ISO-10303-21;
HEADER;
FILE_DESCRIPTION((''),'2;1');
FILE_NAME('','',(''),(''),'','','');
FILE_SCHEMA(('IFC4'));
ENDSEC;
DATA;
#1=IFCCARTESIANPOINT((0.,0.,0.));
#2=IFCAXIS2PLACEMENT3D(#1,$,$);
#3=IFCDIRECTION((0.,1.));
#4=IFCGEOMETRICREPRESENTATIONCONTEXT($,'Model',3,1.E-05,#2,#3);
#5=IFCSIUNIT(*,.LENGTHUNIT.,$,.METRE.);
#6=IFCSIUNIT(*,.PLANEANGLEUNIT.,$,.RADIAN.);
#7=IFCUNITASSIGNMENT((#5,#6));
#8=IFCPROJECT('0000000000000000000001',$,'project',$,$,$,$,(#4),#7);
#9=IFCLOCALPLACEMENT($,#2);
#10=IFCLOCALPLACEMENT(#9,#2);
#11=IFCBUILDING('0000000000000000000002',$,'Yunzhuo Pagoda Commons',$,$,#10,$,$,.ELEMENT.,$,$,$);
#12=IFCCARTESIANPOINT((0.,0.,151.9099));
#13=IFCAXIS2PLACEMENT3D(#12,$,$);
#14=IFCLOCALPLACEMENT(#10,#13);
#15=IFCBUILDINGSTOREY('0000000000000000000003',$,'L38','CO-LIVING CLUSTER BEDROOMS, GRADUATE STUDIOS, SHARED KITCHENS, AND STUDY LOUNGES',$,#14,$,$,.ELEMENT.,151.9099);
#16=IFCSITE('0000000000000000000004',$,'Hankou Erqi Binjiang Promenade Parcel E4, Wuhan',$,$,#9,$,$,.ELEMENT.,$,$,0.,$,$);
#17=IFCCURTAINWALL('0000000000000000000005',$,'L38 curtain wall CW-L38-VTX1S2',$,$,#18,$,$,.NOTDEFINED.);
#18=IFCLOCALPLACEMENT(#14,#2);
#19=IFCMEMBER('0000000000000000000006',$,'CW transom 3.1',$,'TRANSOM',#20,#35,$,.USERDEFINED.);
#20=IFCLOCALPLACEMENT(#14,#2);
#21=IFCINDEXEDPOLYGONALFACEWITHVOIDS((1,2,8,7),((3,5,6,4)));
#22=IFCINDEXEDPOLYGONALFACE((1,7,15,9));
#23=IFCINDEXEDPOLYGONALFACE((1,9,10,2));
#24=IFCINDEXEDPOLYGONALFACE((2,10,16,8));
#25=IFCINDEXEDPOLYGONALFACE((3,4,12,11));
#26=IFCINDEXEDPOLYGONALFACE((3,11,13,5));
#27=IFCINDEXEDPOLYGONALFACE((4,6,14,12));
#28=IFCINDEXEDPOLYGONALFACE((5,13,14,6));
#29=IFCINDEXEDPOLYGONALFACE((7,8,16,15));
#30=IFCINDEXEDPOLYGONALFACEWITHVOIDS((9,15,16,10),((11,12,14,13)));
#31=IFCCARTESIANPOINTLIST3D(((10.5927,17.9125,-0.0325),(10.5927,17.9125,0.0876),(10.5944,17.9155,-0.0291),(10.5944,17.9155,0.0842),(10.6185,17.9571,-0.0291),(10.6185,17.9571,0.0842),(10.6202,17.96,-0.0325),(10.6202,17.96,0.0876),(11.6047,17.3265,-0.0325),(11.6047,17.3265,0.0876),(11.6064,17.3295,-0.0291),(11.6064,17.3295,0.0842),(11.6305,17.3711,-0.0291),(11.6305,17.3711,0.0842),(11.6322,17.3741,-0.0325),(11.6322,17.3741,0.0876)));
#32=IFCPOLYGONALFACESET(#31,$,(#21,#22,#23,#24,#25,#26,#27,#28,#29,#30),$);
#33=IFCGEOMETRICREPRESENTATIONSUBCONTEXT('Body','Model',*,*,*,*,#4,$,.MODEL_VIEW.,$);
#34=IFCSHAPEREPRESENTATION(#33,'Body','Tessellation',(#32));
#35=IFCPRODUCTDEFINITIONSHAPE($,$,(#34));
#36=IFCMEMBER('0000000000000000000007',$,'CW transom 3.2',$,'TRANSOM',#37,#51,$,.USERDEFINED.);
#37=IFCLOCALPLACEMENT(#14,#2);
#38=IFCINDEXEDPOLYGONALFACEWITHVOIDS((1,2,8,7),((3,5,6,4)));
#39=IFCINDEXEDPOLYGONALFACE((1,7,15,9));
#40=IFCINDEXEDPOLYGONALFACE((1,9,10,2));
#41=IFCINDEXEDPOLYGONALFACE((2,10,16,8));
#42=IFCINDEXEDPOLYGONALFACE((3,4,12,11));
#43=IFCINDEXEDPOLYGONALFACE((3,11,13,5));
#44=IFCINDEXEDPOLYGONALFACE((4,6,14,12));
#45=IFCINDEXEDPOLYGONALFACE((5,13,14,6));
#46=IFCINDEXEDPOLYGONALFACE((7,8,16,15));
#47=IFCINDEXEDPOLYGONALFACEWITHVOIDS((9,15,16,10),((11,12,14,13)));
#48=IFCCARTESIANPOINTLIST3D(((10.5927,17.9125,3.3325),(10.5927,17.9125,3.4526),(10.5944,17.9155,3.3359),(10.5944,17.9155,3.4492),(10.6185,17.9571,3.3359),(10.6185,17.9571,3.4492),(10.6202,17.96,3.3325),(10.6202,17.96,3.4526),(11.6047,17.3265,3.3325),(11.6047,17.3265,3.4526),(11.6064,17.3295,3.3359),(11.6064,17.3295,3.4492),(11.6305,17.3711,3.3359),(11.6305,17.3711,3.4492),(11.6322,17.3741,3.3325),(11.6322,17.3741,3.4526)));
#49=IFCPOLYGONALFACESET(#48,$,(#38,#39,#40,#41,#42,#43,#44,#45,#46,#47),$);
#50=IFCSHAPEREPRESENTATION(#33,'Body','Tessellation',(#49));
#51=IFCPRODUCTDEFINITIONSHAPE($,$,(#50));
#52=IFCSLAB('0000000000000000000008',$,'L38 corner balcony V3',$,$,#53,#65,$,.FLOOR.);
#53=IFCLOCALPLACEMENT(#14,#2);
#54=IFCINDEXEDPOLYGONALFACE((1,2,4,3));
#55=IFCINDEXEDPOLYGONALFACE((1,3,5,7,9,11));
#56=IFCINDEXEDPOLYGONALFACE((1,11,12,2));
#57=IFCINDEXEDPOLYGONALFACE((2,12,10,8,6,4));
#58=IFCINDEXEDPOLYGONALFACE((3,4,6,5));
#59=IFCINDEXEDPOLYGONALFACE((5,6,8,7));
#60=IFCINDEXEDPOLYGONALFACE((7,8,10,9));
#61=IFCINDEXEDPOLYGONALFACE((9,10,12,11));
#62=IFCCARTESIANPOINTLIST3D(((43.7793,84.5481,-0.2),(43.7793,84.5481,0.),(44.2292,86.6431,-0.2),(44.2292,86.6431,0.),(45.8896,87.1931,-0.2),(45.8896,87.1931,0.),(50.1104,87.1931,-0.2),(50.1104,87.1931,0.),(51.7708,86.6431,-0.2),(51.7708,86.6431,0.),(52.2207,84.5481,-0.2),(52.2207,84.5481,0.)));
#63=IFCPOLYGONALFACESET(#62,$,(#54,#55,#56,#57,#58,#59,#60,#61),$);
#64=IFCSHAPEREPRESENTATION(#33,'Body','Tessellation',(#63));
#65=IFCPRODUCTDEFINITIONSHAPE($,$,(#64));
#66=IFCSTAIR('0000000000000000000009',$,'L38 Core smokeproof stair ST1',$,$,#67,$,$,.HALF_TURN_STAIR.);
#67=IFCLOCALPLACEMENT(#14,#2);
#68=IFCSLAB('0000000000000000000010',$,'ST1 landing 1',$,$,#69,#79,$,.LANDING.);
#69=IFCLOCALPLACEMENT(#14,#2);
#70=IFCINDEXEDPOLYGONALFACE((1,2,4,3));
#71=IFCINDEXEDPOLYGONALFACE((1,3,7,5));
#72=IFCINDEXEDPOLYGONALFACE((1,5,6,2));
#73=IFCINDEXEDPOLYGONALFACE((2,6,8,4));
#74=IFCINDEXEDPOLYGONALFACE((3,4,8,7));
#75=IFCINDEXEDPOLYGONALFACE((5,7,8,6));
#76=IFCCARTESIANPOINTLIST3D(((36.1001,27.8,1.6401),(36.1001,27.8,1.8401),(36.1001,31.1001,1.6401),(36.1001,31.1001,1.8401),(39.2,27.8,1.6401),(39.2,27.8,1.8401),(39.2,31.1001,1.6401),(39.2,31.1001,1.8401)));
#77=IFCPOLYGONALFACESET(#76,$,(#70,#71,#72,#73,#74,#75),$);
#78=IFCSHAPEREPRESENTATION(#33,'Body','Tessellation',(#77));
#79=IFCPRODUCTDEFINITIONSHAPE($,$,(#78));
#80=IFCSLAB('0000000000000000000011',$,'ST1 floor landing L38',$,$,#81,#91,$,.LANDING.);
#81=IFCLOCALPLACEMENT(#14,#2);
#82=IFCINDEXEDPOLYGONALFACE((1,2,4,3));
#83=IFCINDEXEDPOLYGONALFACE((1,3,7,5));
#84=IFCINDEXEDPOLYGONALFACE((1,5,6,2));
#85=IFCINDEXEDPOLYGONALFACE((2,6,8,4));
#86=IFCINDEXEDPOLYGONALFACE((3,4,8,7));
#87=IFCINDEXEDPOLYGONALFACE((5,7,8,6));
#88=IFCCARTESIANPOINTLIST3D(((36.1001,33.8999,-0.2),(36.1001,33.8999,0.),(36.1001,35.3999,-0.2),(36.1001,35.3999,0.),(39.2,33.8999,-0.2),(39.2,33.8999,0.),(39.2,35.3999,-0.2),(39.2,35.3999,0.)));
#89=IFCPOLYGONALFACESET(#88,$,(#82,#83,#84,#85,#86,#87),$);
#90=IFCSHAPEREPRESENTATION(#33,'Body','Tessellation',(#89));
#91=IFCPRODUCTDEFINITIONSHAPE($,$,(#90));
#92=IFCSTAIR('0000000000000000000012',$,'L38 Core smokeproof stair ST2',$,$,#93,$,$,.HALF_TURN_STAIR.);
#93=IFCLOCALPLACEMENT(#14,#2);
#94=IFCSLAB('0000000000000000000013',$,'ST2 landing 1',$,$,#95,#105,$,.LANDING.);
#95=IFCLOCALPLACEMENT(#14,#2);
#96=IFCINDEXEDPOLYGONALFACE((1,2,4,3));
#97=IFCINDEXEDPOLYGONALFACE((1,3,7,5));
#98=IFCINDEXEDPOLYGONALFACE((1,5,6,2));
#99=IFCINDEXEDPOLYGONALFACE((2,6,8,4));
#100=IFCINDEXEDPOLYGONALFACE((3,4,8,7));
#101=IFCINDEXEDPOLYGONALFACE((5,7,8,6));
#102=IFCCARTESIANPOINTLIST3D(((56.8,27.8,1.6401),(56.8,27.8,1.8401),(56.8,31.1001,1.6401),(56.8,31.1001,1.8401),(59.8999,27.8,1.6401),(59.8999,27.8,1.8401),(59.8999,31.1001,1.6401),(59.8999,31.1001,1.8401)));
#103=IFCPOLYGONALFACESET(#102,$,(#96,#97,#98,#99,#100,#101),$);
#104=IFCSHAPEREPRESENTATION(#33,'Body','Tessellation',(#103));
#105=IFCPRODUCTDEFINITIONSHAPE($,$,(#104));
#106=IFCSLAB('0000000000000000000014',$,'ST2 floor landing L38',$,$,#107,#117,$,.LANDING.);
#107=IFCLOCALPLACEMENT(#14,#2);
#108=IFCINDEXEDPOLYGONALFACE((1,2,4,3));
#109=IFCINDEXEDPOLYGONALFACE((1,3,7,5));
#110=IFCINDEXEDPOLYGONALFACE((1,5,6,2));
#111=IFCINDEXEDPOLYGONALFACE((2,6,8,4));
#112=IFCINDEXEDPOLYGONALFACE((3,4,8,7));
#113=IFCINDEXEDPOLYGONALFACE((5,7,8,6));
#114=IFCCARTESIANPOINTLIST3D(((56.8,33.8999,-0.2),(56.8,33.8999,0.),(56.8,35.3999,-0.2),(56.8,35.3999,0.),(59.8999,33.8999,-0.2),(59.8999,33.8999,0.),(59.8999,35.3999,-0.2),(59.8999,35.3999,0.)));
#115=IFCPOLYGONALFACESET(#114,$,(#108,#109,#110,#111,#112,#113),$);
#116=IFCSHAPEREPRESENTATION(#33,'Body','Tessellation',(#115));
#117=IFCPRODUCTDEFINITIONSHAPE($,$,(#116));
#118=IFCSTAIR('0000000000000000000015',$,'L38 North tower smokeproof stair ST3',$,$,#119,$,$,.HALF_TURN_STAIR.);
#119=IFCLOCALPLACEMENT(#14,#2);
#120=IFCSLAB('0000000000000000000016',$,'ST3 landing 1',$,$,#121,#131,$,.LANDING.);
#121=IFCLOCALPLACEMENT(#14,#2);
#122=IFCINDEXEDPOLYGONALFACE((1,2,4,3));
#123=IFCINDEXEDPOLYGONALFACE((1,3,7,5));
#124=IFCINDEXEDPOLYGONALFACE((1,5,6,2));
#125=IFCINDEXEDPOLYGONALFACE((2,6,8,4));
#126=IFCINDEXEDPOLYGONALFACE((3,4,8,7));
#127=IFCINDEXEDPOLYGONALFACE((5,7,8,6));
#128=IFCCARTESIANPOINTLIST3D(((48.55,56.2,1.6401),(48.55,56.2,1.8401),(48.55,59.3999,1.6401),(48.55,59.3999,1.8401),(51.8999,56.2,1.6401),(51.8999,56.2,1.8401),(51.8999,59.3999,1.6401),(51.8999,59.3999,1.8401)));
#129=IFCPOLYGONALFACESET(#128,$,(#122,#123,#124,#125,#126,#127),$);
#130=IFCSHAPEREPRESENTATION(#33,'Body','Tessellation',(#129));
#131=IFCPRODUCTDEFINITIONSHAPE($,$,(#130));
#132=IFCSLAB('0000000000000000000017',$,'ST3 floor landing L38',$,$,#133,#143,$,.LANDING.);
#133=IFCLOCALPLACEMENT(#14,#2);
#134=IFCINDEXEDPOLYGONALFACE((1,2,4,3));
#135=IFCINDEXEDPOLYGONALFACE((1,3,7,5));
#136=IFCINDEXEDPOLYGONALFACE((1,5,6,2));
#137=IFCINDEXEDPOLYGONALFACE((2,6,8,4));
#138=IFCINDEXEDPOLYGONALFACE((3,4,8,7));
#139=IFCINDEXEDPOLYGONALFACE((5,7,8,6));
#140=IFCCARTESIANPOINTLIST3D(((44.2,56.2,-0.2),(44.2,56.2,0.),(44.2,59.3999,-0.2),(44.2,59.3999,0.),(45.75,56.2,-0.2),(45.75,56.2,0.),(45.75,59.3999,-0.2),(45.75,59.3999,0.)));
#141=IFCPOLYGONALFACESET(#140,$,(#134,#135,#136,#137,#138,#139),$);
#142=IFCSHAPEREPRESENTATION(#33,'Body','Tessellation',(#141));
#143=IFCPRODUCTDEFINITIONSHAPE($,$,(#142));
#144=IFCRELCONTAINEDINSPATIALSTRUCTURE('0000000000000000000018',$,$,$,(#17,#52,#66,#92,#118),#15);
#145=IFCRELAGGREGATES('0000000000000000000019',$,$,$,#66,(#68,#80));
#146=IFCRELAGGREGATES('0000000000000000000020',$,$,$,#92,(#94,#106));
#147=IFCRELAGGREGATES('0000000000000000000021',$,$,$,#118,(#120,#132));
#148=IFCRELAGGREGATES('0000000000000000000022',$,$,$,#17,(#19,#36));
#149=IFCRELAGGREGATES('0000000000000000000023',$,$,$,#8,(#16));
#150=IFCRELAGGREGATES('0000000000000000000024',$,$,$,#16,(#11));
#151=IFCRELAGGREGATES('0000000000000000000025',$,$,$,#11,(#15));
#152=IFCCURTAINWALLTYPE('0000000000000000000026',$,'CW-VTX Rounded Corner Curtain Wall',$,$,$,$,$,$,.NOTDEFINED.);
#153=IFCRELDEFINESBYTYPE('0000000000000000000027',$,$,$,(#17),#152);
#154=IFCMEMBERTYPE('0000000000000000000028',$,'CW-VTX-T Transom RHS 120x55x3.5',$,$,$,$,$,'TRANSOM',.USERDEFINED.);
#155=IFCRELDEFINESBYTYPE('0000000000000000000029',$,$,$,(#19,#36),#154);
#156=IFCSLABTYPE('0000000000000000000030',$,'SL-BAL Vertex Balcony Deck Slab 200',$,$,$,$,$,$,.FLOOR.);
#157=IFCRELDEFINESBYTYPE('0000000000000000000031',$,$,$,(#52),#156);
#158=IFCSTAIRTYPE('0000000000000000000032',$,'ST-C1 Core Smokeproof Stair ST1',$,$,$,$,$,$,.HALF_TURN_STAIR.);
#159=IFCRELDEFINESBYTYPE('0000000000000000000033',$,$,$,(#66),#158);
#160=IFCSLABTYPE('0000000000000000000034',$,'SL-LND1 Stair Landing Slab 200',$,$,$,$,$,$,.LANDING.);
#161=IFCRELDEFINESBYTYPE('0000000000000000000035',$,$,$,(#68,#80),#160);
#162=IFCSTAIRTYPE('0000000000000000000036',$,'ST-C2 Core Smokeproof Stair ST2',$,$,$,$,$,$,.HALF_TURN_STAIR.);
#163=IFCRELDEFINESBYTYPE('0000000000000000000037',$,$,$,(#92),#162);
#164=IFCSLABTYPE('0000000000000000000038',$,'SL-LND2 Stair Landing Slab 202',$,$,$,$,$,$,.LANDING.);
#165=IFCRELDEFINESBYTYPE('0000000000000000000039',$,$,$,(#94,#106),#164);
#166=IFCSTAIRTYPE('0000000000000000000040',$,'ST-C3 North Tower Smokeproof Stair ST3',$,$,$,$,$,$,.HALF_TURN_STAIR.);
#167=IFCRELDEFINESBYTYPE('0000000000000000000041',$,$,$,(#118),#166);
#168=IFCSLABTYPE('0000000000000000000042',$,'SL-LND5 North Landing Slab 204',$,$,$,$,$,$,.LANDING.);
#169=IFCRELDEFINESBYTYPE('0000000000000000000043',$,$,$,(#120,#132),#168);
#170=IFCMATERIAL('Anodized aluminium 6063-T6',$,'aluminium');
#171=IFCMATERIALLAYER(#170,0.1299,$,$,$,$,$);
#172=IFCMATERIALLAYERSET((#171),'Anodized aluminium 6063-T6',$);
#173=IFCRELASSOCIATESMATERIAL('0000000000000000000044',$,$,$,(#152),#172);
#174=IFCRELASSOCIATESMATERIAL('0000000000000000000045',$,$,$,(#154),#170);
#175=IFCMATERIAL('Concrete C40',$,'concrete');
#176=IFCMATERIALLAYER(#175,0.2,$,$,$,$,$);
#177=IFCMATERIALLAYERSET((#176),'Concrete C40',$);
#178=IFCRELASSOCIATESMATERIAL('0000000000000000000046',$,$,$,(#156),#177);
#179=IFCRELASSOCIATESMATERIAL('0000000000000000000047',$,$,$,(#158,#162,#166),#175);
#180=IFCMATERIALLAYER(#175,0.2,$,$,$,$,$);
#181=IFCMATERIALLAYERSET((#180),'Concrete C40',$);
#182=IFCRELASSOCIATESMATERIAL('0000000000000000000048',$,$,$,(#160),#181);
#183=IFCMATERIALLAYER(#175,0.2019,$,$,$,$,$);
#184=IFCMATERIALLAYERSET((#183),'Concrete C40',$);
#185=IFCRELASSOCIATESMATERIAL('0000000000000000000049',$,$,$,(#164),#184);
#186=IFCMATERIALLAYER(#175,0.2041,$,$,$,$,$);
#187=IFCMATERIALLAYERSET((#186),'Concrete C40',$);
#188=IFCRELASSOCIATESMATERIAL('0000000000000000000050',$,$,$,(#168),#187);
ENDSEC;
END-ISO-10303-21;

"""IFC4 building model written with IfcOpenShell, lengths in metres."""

from ifc_helpers import new_model, si_unit, direction, frame, origin, origin_2d, place, context, subcontext, project, spatial, polyline, hollow_rectangle, outline, extrude, source, transform, mapped, material, layer, layer_set, material_profile, profile_set, type_object, element, aggregate, save


model = new_model("IFC4")

# Units and contexts
model_context = context("Model", 3, precision=1e-05, world=origin(), true_north=direction((0.0, 1.0)))
body_context = subcontext(model_context, "Body", "Model", "MODEL_VIEW")
ifc_project = project(units=[si_unit("LENGTHUNIT", "METRE"), si_unit("PLANEANGLEUNIT", "RADIAN")], contexts=[model_context])

# Site, building, storey
site_placement = place(None, origin())
site = spatial("IfcSite", under=ifc_project, at=site_placement, Name="Hankou Erqi Binjiang Promenade Parcel E4, Wuhan", CompositionType="ELEMENT", RefElevation=0.0)
building_placement = place(site_placement, origin())
building = spatial("IfcBuilding", under=site, at=building_placement, Name="Yunzhuo Pagoda Commons", CompositionType="ELEMENT")
storey_placement = place(building_placement, frame((0.0, 0.0, 151.9099)))
storey = spatial("IfcBuildingStorey", under=building, at=storey_placement, Name="L38", Description="CO-LIVING CLUSTER BEDROOMS, GRADUATE STUDIOS, SHARED KITCHENS, AND STUDY LOUNGES", CompositionType="ELEMENT", Elevation=151.9099)

# Shared definitions
ifc_material_1 = material(Name="Anodized aluminium 6063-T6", Category="aluminium")

# Curtain wall
ifc_layer_1 = layer(ifc_material_1, 0.1299)
ifc_layer_set_1 = layer_set([ifc_layer_1], Name="Anodized aluminium 6063-T6")
curtain_wall_type_1 = type_object("IfcCurtainWallType", Name="CW-VTX Rounded Corner Curtain Wall", PredefinedType="NOTDEFINED", material=ifc_layer_set_1)
curtain_wall_1_placement = place(storey_placement, origin())
curtain_wall_1 = element("IfcCurtainWall", 1, at=curtain_wall_1_placement, inside=storey, type_object=curtain_wall_type_1, Name="L38 curtain wall CW-L38-VTX1S2", PredefinedType="NOTDEFINED")

# Members
ifc_material_profile_1 = material_profile(ifc_material_1, hollow_rectangle(XDim=0.0549, YDim=0.1201, WallThickness=0.0034, at=origin_2d()), Name="Anodized aluminium 6063-T6")
ifc_profile_set_1 = profile_set([ifc_material_profile_1], Name="Anodized aluminium 6063-T6")
member_type_1 = type_object("IfcMemberType", Name="CW-VTX-T Transom RHS 120x55x3.5", ElementType="TRANSOM", PredefinedType="USERDEFINED", material=ifc_profile_set_1)
shared_shape_1 = source(origin(), body_context, "Body", "SweptSolid", [
    extrude(hollow_rectangle(XDim=0.0549, YDim=0.1201, WallThickness=0.0034, at=origin_2d()), origin(), (0.0, 0.0, 1.0), 1.1694),
])
member_1_placement = place(storey_placement, frame((10.6064, 17.9363, 0.0276), z_axis=(0.865402, -0.501077, 0.0), x_axis=(0.501077, 0.865402, 0.0)))
member_1 = element("IfcMember", 2, at=member_1_placement, type_object=member_type_1, Name="CW transom 3.1", ObjectType="TRANSOM", PredefinedType="USERDEFINED", context=body_context, shape_type="MappedRepresentation", body=[
    mapped(shared_shape_1, transform((0.0, 0.0, 0.0), scale=1.0)),
])
member_2_placement = place(storey_placement, frame((10.6064, 17.9363, 3.3926), z_axis=(0.865402, -0.501077, 0.0), x_axis=(0.501077, 0.865402, 0.0)))
member_2 = element("IfcMember", 3, at=member_2_placement, type_object=member_type_1, Name="CW transom 3.2", ObjectType="TRANSOM", PredefinedType="USERDEFINED", context=body_context, shape_type="MappedRepresentation", body=[
    mapped(shared_shape_1, transform((0.0, 0.0, 0.0), scale=1.0)),
])

# Slab
ifc_material_2 = material(Name="Concrete C40", Category="concrete")
ifc_layer_2 = layer(ifc_material_2, 0.2)
ifc_layer_set_2 = layer_set([ifc_layer_2], Name="Concrete C40")
slab_type_1 = type_object("IfcSlabType", Name="SL-BAL Vertex Balcony Deck Slab 200", PredefinedType="FLOOR", material=ifc_layer_set_2)
slab_1_placement = place(storey_placement, frame((0.0, 0.0, -0.2)))
element("IfcSlab", 4, at=slab_1_placement, inside=storey, type_object=slab_type_1, Name="L38 corner balcony V3", PredefinedType="FLOOR", context=body_context, shape_type="SweptSolid", body=[
    extrude(outline(polyline([(52.2207, 84.5481), (43.7793, 84.5481), (44.2292, 86.6431), (45.8896, 87.1931), (50.1104, 87.1931), (51.7708, 86.6431), (52.2207, 84.5481)])), origin(), (0.0, 0.0, 1.0), 0.2),
])

# Stairs, slabs
stair_type_1 = type_object("IfcStairType", Name="ST-C1 Core Smokeproof Stair ST1", PredefinedType="HALF_TURN_STAIR", material=ifc_material_2)
stair_1_placement = place(storey_placement, origin())
stair_1 = element("IfcStair", 5, at=stair_1_placement, inside=storey, type_object=stair_type_1, Name="L38 Core smokeproof stair ST1", PredefinedType="HALF_TURN_STAIR")
ifc_layer_3 = layer(ifc_material_2, 0.2)
ifc_layer_set_3 = layer_set([ifc_layer_3], Name="Concrete C40")
slab_type_2 = type_object("IfcSlabType", Name="SL-LND1 Stair Landing Slab 200", PredefinedType="LANDING", material=ifc_layer_set_3)
slab_2_placement = place(storey_placement, frame((0.0, 0.0, 1.6401)))
slab_2 = element("IfcSlab", 6, at=slab_2_placement, type_object=slab_type_2, Name="ST1 landing 1", PredefinedType="LANDING", context=body_context, shape_type="SweptSolid", body=[
    extrude(outline(polyline([(36.1001, 31.1001), (36.1001, 27.8), (39.2, 27.8), (39.2, 31.1001), (36.1001, 31.1001)])), origin(), (0.0, 0.0, 1.0), 0.2),
])
slab_3_placement = place(storey_placement, frame((0.0, 0.0, -0.2)))
slab_3 = element("IfcSlab", 7, at=slab_3_placement, type_object=slab_type_2, Name="ST1 floor landing L38", PredefinedType="LANDING", context=body_context, shape_type="SweptSolid", body=[
    extrude(outline(polyline([(36.1001, 35.3999), (36.1001, 33.8999), (39.2, 33.8999), (39.2, 35.3999), (36.1001, 35.3999)])), origin(), (0.0, 0.0, 1.0), 0.2),
])
aggregate(stair_1, [slab_2, slab_3])
stair_type_2 = type_object("IfcStairType", Name="ST-C2 Core Smokeproof Stair ST2", PredefinedType="HALF_TURN_STAIR", material=ifc_material_2)
stair_2_placement = place(storey_placement, origin())
stair_2 = element("IfcStair", 8, at=stair_2_placement, inside=storey, type_object=stair_type_2, Name="L38 Core smokeproof stair ST2", PredefinedType="HALF_TURN_STAIR")
ifc_layer_4 = layer(ifc_material_2, 0.2019)
ifc_layer_set_4 = layer_set([ifc_layer_4], Name="Concrete C40")
slab_type_3 = type_object("IfcSlabType", Name="SL-LND2 Stair Landing Slab 202", PredefinedType="LANDING", material=ifc_layer_set_4)
slab_4_placement = place(storey_placement, frame((0.0, 0.0, 1.6401)))
slab_4 = element("IfcSlab", 9, at=slab_4_placement, type_object=slab_type_3, Name="ST2 landing 1", PredefinedType="LANDING", context=body_context, shape_type="SweptSolid", body=[
    extrude(outline(polyline([(56.8, 31.1001), (56.8, 27.8), (59.8999, 27.8), (59.8999, 31.1001), (56.8, 31.1001)])), origin(), (0.0, 0.0, 1.0), 0.2),
])
slab_5_placement = place(storey_placement, frame((0.0, 0.0, -0.2)))
slab_5 = element("IfcSlab", 10, at=slab_5_placement, type_object=slab_type_3, Name="ST2 floor landing L38", PredefinedType="LANDING", context=body_context, shape_type="SweptSolid", body=[
    extrude(outline(polyline([(56.8, 35.3999), (56.8, 33.8999), (59.8999, 33.8999), (59.8999, 35.3999), (56.8, 35.3999)])), origin(), (0.0, 0.0, 1.0), 0.2),
])
aggregate(stair_2, [slab_4, slab_5])
stair_type_3 = type_object("IfcStairType", Name="ST-C3 North Tower Smokeproof Stair ST3", PredefinedType="HALF_TURN_STAIR", material=ifc_material_2)
stair_3_placement = place(storey_placement, origin())
stair_3 = element("IfcStair", 11, at=stair_3_placement, inside=storey, type_object=stair_type_3, Name="L38 North tower smokeproof stair ST3", PredefinedType="HALF_TURN_STAIR")
ifc_layer_5 = layer(ifc_material_2, 0.2041)
ifc_layer_set_5 = layer_set([ifc_layer_5], Name="Concrete C40")
slab_type_4 = type_object("IfcSlabType", Name="SL-LND5 North Landing Slab 204", PredefinedType="LANDING", material=ifc_layer_set_5)
slab_6_placement = place(storey_placement, frame((0.0, 0.0, 1.6401)))
slab_6 = element("IfcSlab", 12, at=slab_6_placement, type_object=slab_type_4, Name="ST3 landing 1", PredefinedType="LANDING", context=body_context, shape_type="SweptSolid", body=[
    extrude(outline(polyline([(48.55, 56.2), (51.8999, 56.2), (51.8999, 59.3999), (48.55, 59.3999), (48.55, 56.2)])), origin(), (0.0, 0.0, 1.0), 0.2),
])
slab_7_placement = place(storey_placement, frame((0.0, 0.0, -0.2)))
slab_7 = element("IfcSlab", 13, at=slab_7_placement, type_object=slab_type_4, Name="ST3 floor landing L38", PredefinedType="LANDING", context=body_context, shape_type="SweptSolid", body=[
    extrude(outline(polyline([(44.2, 56.2), (45.75, 56.2), (45.75, 59.3999), (44.2, 59.3999), (44.2, 56.2)])), origin(), (0.0, 0.0, 1.0), 0.2),
])
aggregate(stair_3, [slab_6, slab_7])

aggregate(curtain_wall_1, [member_1, member_2])

save(model, "model.ifc")
